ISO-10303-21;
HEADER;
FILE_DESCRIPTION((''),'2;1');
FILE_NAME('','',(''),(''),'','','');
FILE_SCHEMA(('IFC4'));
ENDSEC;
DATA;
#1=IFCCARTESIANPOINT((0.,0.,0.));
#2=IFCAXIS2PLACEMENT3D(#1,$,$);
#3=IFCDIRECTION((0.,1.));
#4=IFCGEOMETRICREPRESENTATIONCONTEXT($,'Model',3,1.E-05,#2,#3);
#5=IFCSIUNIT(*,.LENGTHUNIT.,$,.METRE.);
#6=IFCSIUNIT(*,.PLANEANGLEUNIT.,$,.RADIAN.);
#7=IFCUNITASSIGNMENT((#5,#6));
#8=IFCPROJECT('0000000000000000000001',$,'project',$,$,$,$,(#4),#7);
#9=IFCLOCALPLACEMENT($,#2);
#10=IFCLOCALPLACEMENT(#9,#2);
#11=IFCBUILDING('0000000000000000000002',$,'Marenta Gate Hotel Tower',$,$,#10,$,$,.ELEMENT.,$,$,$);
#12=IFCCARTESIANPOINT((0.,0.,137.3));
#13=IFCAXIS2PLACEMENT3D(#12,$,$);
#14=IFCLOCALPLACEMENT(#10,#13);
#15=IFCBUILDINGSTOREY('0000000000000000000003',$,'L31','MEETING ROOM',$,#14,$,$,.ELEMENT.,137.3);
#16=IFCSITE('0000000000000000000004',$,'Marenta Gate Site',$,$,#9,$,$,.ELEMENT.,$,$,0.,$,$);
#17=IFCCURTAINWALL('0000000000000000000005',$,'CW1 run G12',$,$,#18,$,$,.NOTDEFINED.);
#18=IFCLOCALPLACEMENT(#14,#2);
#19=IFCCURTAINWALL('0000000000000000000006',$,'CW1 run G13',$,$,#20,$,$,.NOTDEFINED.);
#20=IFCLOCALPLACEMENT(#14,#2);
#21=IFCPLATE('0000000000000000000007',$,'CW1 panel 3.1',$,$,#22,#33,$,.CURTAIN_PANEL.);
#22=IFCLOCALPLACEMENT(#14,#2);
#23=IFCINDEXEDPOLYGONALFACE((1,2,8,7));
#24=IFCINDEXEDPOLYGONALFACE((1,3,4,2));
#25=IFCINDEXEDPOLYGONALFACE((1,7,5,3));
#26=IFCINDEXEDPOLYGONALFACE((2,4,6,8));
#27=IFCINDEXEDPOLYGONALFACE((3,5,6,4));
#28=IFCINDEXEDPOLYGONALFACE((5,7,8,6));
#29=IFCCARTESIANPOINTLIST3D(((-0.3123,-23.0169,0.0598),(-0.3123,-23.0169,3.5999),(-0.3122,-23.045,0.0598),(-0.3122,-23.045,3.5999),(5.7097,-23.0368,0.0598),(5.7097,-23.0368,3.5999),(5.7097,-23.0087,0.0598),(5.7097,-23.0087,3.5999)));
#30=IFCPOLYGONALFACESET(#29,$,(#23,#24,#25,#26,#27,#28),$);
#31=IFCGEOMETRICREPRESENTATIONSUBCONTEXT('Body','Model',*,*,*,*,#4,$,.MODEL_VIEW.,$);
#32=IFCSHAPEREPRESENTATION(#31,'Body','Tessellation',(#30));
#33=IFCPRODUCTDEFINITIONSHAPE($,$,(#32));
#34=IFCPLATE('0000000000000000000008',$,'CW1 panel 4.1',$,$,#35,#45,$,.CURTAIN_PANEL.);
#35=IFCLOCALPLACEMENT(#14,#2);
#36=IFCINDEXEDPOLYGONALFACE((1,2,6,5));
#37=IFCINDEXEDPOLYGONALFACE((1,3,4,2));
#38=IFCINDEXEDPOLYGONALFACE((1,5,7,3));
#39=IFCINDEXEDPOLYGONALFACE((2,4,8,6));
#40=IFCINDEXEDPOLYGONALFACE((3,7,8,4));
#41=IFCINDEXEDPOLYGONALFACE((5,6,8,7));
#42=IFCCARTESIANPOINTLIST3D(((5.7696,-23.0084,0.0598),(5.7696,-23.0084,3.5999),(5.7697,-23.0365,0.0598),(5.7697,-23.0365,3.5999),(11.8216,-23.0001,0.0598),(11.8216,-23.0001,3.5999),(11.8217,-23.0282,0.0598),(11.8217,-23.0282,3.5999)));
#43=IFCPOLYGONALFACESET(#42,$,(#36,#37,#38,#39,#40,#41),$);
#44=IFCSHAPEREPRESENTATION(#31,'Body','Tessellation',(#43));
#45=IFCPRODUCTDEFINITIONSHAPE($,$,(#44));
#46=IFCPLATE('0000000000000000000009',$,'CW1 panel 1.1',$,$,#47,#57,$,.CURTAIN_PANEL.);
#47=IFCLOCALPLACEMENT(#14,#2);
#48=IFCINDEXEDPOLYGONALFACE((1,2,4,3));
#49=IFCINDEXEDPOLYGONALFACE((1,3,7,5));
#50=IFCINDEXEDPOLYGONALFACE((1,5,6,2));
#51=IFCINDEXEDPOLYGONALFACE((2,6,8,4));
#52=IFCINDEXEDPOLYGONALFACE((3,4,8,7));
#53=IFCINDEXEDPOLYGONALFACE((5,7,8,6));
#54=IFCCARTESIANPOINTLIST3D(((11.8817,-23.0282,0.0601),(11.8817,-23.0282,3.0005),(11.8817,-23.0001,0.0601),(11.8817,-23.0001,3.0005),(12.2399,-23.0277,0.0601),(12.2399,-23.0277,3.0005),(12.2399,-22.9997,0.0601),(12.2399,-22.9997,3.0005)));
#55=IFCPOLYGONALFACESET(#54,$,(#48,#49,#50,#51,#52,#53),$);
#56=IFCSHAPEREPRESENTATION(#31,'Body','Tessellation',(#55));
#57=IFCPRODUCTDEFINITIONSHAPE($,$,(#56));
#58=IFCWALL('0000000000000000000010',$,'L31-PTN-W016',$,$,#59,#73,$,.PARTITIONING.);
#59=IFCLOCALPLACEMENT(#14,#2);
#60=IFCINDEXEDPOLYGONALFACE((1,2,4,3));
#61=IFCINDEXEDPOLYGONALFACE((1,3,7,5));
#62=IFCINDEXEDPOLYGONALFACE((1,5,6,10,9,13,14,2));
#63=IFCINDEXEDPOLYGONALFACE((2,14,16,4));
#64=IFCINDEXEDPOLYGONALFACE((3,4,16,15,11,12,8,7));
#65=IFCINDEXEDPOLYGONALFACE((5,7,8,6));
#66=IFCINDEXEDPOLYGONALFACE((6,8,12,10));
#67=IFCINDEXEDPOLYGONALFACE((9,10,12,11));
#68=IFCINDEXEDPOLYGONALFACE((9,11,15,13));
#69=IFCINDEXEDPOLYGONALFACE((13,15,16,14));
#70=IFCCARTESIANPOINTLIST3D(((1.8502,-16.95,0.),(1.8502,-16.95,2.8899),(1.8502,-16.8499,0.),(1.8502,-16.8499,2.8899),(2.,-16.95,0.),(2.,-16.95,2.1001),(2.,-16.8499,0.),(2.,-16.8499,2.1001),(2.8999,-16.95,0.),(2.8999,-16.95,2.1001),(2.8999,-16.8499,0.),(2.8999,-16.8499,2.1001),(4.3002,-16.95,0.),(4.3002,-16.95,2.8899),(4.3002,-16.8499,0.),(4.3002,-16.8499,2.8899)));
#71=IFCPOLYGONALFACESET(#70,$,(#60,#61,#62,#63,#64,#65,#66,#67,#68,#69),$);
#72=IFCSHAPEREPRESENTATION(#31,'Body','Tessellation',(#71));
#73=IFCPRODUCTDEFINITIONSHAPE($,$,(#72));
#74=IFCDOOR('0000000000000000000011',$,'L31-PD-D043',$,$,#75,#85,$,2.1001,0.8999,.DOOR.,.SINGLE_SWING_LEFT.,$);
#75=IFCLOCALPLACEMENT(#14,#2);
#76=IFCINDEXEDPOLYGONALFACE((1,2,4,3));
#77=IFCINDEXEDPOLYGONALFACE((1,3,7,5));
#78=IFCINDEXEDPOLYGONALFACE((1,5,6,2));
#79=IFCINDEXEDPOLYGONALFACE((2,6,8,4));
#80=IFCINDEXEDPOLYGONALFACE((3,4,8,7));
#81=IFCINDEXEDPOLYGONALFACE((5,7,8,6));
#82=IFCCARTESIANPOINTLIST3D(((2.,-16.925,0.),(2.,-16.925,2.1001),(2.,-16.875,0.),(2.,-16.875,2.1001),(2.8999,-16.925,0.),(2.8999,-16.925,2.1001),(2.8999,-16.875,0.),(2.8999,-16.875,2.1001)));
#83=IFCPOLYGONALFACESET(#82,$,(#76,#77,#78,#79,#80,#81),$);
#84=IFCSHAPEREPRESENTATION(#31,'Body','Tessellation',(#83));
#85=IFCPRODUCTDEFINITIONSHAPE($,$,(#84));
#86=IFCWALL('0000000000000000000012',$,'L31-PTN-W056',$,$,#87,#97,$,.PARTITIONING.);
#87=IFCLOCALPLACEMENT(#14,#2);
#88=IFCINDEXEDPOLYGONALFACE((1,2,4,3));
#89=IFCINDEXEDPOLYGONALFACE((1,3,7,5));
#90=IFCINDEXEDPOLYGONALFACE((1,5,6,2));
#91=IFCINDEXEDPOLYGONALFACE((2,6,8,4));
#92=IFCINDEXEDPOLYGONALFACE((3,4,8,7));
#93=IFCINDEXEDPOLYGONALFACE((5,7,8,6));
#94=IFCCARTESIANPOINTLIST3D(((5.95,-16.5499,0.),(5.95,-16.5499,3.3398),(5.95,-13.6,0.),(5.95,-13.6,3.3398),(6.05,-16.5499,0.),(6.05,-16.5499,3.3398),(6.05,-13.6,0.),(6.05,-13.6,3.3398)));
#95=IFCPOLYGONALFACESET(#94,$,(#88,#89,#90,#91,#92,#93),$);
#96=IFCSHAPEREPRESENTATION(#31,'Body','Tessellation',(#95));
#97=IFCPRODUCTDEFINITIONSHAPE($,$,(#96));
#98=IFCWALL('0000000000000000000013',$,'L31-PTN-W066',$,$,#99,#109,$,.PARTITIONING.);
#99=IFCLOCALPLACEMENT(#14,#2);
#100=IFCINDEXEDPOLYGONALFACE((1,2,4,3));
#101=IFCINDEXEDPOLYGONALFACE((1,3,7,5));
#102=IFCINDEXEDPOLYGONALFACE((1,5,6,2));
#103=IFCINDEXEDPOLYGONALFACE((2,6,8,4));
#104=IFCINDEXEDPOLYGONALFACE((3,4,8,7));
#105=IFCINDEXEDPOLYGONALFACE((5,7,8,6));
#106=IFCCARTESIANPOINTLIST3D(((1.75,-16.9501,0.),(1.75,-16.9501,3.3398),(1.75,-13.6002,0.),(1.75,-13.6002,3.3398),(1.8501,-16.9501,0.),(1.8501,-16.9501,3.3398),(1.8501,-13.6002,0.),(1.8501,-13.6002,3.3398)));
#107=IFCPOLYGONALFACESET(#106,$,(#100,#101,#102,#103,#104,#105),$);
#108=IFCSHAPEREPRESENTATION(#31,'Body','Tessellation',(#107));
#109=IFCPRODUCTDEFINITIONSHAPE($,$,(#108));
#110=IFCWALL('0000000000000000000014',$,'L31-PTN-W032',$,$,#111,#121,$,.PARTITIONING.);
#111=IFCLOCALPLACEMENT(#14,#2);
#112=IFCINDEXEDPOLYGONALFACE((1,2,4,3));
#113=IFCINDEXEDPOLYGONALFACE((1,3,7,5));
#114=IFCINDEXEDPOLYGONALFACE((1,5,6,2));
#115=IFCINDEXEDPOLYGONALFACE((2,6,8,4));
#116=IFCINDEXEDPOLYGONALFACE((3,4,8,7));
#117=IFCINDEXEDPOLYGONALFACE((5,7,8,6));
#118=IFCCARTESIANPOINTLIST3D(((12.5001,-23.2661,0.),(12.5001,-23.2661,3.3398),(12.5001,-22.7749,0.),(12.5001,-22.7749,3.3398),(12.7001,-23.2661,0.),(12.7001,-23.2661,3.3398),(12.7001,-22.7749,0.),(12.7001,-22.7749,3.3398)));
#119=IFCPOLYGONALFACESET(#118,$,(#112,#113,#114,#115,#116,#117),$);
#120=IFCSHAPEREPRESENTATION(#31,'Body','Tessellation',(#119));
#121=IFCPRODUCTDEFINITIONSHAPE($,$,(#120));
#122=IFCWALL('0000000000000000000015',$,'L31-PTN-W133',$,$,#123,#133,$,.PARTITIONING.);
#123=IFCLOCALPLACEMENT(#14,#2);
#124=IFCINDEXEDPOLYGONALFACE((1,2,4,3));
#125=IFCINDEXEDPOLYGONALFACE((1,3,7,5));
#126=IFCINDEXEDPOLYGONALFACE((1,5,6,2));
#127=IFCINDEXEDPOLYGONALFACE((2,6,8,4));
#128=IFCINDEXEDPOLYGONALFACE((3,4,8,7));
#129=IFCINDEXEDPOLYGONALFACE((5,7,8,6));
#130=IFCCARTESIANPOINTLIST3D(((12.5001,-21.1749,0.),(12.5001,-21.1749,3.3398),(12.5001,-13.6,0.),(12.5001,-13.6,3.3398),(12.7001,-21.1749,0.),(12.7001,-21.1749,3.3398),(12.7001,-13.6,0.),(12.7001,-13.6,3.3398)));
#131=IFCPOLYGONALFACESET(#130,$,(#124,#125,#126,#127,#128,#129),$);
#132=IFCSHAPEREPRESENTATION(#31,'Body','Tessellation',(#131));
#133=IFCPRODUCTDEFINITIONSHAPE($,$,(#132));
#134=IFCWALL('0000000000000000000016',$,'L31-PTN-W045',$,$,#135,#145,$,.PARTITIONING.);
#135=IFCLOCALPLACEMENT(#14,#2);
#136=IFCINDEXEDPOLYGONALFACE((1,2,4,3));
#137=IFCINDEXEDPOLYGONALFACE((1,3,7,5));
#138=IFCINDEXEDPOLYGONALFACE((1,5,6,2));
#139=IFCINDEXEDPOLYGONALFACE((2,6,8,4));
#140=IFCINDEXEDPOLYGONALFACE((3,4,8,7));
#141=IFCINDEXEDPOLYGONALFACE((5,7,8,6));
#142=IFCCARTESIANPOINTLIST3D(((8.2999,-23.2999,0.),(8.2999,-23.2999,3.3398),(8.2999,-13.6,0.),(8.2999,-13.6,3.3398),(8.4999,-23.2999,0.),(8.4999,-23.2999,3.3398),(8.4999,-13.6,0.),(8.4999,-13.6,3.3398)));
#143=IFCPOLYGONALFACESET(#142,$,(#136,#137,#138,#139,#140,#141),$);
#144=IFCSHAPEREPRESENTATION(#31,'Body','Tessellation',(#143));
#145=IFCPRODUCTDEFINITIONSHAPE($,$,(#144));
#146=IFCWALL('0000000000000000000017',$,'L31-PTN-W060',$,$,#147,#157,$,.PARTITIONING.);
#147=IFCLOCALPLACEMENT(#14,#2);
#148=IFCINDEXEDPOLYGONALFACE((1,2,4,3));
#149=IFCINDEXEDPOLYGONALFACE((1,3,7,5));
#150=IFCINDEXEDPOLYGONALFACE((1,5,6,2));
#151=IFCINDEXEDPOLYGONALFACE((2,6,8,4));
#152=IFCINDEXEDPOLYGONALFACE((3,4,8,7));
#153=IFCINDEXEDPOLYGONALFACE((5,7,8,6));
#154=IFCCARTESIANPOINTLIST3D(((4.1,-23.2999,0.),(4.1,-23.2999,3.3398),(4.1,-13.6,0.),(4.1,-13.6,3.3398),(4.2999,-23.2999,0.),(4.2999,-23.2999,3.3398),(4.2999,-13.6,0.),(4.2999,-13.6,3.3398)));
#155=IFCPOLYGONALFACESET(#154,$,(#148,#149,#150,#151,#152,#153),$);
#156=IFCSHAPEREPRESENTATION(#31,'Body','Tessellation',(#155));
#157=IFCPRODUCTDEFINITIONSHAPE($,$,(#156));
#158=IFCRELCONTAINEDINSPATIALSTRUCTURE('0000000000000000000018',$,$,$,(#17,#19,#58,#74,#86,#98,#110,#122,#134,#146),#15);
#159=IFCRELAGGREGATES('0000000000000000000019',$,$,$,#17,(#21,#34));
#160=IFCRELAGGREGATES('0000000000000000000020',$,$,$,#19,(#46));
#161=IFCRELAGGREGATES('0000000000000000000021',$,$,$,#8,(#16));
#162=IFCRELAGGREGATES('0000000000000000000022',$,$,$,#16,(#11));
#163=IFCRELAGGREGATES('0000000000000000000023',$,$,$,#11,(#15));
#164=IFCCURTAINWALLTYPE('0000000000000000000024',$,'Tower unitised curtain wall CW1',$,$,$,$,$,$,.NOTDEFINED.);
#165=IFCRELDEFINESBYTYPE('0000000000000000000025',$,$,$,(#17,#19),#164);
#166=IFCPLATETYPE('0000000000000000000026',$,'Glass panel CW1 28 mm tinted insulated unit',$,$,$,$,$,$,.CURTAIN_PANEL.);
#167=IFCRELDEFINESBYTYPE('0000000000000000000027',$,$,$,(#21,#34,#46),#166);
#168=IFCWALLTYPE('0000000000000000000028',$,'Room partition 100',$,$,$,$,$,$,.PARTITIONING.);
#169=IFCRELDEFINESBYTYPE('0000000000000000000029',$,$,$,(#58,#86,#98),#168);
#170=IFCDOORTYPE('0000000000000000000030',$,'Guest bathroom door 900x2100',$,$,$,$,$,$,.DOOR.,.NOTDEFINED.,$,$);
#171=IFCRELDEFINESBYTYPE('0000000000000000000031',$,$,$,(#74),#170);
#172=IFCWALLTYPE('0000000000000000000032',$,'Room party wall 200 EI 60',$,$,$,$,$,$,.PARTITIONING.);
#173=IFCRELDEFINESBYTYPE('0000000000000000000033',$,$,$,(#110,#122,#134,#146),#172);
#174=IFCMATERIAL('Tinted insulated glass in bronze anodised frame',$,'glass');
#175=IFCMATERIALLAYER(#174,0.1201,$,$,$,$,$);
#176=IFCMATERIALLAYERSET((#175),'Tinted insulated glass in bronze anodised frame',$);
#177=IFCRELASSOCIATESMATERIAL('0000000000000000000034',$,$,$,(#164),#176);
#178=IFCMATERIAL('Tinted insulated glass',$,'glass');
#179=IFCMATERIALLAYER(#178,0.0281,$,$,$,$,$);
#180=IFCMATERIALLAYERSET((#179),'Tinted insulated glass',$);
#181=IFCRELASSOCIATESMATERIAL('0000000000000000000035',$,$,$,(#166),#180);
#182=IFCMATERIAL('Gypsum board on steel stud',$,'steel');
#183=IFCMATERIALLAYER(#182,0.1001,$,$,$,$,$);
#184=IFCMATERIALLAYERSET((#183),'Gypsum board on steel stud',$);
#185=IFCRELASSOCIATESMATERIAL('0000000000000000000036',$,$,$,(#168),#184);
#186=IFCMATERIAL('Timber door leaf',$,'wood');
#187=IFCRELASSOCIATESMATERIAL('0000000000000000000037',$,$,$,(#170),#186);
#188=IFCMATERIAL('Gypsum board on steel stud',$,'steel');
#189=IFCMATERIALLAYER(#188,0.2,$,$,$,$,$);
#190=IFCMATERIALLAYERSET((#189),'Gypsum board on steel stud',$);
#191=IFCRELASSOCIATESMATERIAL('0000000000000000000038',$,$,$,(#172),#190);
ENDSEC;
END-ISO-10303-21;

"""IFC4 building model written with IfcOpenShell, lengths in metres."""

from ifc_helpers import new_model, si_unit, direction, frame, frame_2d, origin, origin_2d, place, context, subcontext, project, spatial, rectangle, extrude, material, layer, layer_set, type_object, element, fill, aggregate, save


model = new_model("IFC4")

# Units and contexts
model_context = context("Model", 3, precision=1e-05, world=origin(), true_north=direction((0.0, 1.0)))
body_context = subcontext(model_context, "Body", "Model", "MODEL_VIEW")
ifc_project = project(units=[si_unit("LENGTHUNIT", "METRE"), si_unit("PLANEANGLEUNIT", "RADIAN")], contexts=[model_context])

# Site, building, storey
site_placement = place(None, origin())
site = spatial("IfcSite", under=ifc_project, at=site_placement, Name="Marenta Gate Site", CompositionType="ELEMENT", RefElevation=0.0)
building_placement = place(site_placement, origin())
building = spatial("IfcBuilding", under=site, at=building_placement, Name="Marenta Gate Hotel Tower", CompositionType="ELEMENT")
storey_placement = place(building_placement, frame((0.0, 0.0, 137.3)))
storey = spatial("IfcBuildingStorey", under=building, at=storey_placement, Name="L31", Description="MEETING ROOM", CompositionType="ELEMENT", Elevation=137.3)

# Curtain wall
ifc_material_1 = material(Name="Tinted insulated glass in bronze anodised frame", Category="glass")
ifc_layer_1 = layer(ifc_material_1, 0.1201)
ifc_layer_set_1 = layer_set([ifc_layer_1], Name="Tinted insulated glass in bronze anodised frame")
curtain_wall_type = type_object("IfcCurtainWallType", Name="Tower unitised curtain wall CW1", PredefinedType="NOTDEFINED", material=ifc_layer_set_1)
curtain_wall_1_placement = place(storey_placement, origin())
curtain_wall_1 = element("IfcCurtainWall", 1, at=curtain_wall_1_placement, inside=storey, type_object=curtain_wall_type, Name="CW1 run G12", PredefinedType="NOTDEFINED")

# Curtain wall
curtain_wall_2_placement = place(storey_placement, origin())
curtain_wall_2 = element("IfcCurtainWall", 2, at=curtain_wall_2_placement, inside=storey, type_object=curtain_wall_type, Name="CW1 run G13", PredefinedType="NOTDEFINED")

# Plates
ifc_material_2 = material(Name="Tinted insulated glass", Category="glass")
ifc_layer_2 = layer(ifc_material_2, 0.0281)
ifc_layer_set_2 = layer_set([ifc_layer_2], Name="Tinted insulated glass")
plate_type = type_object("IfcPlateType", Name="Glass panel CW1 28 mm tinted insulated unit", PredefinedType="CURTAIN_PANEL", material=ifc_layer_set_2)
plate_1_placement = place(storey_placement, frame((2.6987, -23.0269, 0.0598), z_axis=(0.0, 0.0, 1.0), x_axis=(0.999999, 0.001365, 0.0)))
plate_1 = element("IfcPlate", 3, at=plate_1_placement, type_object=plate_type, Name="CW1 panel 3.1", PredefinedType="CURTAIN_PANEL", context=body_context, shape_type="SweptSolid", body=[
    extrude(rectangle(XDim=6.022, YDim=0.0281, at=origin_2d()), origin(), (0.0, 0.0, 1.0), 3.54),
])
plate_2_placement = place(storey_placement, frame((8.7957, -23.0183, 0.0598), z_axis=(0.0, 0.0, 1.0), x_axis=(0.999999, 0.001365, 0.0)))
plate_2 = element("IfcPlate", 4, at=plate_2_placement, type_object=plate_type, Name="CW1 panel 4.1", PredefinedType="CURTAIN_PANEL", context=body_context, shape_type="SweptSolid", body=[
    extrude(rectangle(XDim=6.052, YDim=0.0281, at=origin_2d()), origin(), (0.0, 0.0, 1.0), 3.54),
])
aggregate(curtain_wall_1, [plate_1, plate_2])
plate_3_placement = place(storey_placement, frame((12.0608, -23.0139, 0.0601), z_axis=(0.0, 0.0, 1.0), x_axis=(0.999999, 0.001255, 0.0)))
plate_3 = element("IfcPlate", 5, at=plate_3_placement, type_object=plate_type, Name="CW1 panel 1.1", PredefinedType="CURTAIN_PANEL", context=body_context, shape_type="SweptSolid", body=[
    extrude(rectangle(XDim=0.3582, YDim=0.0281, at=origin_2d()), origin(), (0.0, 0.0, 1.0), 2.9404),
])
aggregate(curtain_wall_2, [plate_3])

# Wall, opening, door
ifc_material_3 = material(Name="Gypsum board on steel stud", Category="steel")
ifc_layer_3 = layer(ifc_material_3, 0.1001)
ifc_layer_set_3 = layer_set([ifc_layer_3], Name="Gypsum board on steel stud")
wall_type_1 = type_object("IfcWallType", Name="Room partition 100", PredefinedType="PARTITIONING", material=ifc_layer_set_3)
wall_1_placement = place(storey_placement, frame((1.8501, -16.8999, 0.0), z_axis=(0.0, 0.0, 1.0), x_axis=(1.0, 0.0, 0.0)))
wall_1 = element("IfcWall", 6, at=wall_1_placement, inside=storey, type_object=wall_type_1, Name="L31-PTN-W016", PredefinedType="PARTITIONING", context=body_context, shape_type="SweptSolid", body=[
    extrude(rectangle(XDim=2.45, YDim=0.1001, at=frame_2d((1.2251, 0.0))), origin(), (0.0, 0.0, 1.0), 2.8899),
])
opening_placement = place(wall_1_placement, frame((0.1499, 0.0, 0.0)))
opening = element("IfcOpeningElement", 7, at=opening_placement, cuts=wall_1, PredefinedType="OPENING", context=body_context, shape_type="SweptSolid", body=[
    extrude(rectangle(XDim=0.8999, YDim=2.1001, at=frame_2d((0.45, 1.05))), frame((0.0, 0.05, 0.0), z_axis=(0.0, -1.0, 0.0), x_axis=(1.0, 0.0, 0.0)), (0.0, 0.0, 1.0), 0.1001),
])
ifc_material_4 = material(Name="Timber door leaf", Category="wood")
door_type = type_object("IfcDoorType", Name="Guest bathroom door 900x2100", OperationType="NOTDEFINED", PredefinedType="DOOR", material=ifc_material_4)
door_placement = place(opening_placement, origin())
door = element("IfcDoor", 8, at=door_placement, inside=storey, type_object=door_type, Name="L31-PD-D043", OperationType="SINGLE_SWING_LEFT", OverallHeight=2.1001, OverallWidth=0.8999, PredefinedType="DOOR", context=body_context, shape_type="SweptSolid", body=[
    extrude(rectangle(XDim=0.8999, YDim=2.1001, at=frame_2d((0.45, 1.05))), frame((0.0, 0.0249, 0.0), z_axis=(0.0, -1.0, 0.0), x_axis=(1.0, 0.0, 0.0)), (0.0, 0.0, 1.0), 0.05),
])
fill(opening, door)

# Walls
wall_2_placement = place(storey_placement, frame((6.0, -16.55, 0.0), z_axis=(0.0, 0.0, 1.0), x_axis=(0.0, 1.0, 0.0)))
element("IfcWall", 9, at=wall_2_placement, inside=storey, type_object=wall_type_1, Name="L31-PTN-W056", PredefinedType="PARTITIONING", context=body_context, shape_type="SweptSolid", body=[
    extrude(rectangle(XDim=2.95, YDim=0.1001, at=frame_2d((1.4751, 0.0))), origin(), (0.0, 0.0, 1.0), 3.3398),
])
wall_3_placement = place(storey_placement, frame((1.8, -16.95, 0.0), z_axis=(0.0, 0.0, 1.0), x_axis=(0.0, 1.0, 0.0)))
element("IfcWall", 10, at=wall_3_placement, inside=storey, type_object=wall_type_1, Name="L31-PTN-W066", PredefinedType="PARTITIONING", context=body_context, shape_type="SweptSolid", body=[
    extrude(rectangle(XDim=3.3499, YDim=0.1001, at=frame_2d((1.6748, 0.0))), origin(), (0.0, 0.0, 1.0), 3.3398),
])
ifc_material_5 = material(Name="Gypsum board on steel stud", Category="steel")
ifc_layer_4 = layer(ifc_material_5, 0.2)
ifc_layer_set_4 = layer_set([ifc_layer_4], Name="Gypsum board on steel stud")
wall_type_2 = type_object("IfcWallType", Name="Room party wall 200 EI 60", PredefinedType="PARTITIONING", material=ifc_layer_set_4)
wall_4_placement = place(storey_placement, frame((12.6001, -23.2661, 0.0), z_axis=(0.0, 0.0, 1.0), x_axis=(0.0, 1.0, 0.0)))
element("IfcWall", 11, at=wall_4_placement, inside=storey, type_object=wall_type_2, Name="L31-PTN-W032", PredefinedType="PARTITIONING", context=body_context, shape_type="SweptSolid", body=[
    extrude(rectangle(XDim=0.4912, YDim=0.2, at=frame_2d((0.2456, 0.0))), origin(), (0.0, 0.0, 1.0), 3.3398),
])
wall_5_placement = place(storey_placement, frame((12.6001, -21.175, 0.0), z_axis=(0.0, 0.0, 1.0), x_axis=(0.0, 1.0, 0.0)))
element("IfcWall", 12, at=wall_5_placement, inside=storey, type_object=wall_type_2, Name="L31-PTN-W133", PredefinedType="PARTITIONING", context=body_context, shape_type="SweptSolid", body=[
    extrude(rectangle(XDim=7.575, YDim=0.2, at=frame_2d((3.7876, 0.0))), origin(), (0.0, 0.0, 1.0), 3.3398),
])
for number, where, z_axis, x_axis, name in (
    (13, (8.3999, -23.3, 0.0), (0.0, 0.0, 1.0), (0.0, 1.0, 0.0), "L31-PTN-W045"),
    (14, (4.2, -23.3, 0.0), (0.0, 0.0, 1.0), (0.0, 1.0, 0.0), "L31-PTN-W060"),
):
    element("IfcWall", number, at=place(storey_placement, frame(where, z_axis=z_axis, x_axis=x_axis)), inside=storey, type_object=wall_type_2, Name=name, PredefinedType="PARTITIONING", context=body_context, shape_type="SweptSolid", body=[
        extrude(rectangle(XDim=9.7, YDim=0.2, at=frame_2d((4.8501, 0.0))), origin(), (0.0, 0.0, 1.0), 3.3398),
    ])

save(model, "model.ifc")
